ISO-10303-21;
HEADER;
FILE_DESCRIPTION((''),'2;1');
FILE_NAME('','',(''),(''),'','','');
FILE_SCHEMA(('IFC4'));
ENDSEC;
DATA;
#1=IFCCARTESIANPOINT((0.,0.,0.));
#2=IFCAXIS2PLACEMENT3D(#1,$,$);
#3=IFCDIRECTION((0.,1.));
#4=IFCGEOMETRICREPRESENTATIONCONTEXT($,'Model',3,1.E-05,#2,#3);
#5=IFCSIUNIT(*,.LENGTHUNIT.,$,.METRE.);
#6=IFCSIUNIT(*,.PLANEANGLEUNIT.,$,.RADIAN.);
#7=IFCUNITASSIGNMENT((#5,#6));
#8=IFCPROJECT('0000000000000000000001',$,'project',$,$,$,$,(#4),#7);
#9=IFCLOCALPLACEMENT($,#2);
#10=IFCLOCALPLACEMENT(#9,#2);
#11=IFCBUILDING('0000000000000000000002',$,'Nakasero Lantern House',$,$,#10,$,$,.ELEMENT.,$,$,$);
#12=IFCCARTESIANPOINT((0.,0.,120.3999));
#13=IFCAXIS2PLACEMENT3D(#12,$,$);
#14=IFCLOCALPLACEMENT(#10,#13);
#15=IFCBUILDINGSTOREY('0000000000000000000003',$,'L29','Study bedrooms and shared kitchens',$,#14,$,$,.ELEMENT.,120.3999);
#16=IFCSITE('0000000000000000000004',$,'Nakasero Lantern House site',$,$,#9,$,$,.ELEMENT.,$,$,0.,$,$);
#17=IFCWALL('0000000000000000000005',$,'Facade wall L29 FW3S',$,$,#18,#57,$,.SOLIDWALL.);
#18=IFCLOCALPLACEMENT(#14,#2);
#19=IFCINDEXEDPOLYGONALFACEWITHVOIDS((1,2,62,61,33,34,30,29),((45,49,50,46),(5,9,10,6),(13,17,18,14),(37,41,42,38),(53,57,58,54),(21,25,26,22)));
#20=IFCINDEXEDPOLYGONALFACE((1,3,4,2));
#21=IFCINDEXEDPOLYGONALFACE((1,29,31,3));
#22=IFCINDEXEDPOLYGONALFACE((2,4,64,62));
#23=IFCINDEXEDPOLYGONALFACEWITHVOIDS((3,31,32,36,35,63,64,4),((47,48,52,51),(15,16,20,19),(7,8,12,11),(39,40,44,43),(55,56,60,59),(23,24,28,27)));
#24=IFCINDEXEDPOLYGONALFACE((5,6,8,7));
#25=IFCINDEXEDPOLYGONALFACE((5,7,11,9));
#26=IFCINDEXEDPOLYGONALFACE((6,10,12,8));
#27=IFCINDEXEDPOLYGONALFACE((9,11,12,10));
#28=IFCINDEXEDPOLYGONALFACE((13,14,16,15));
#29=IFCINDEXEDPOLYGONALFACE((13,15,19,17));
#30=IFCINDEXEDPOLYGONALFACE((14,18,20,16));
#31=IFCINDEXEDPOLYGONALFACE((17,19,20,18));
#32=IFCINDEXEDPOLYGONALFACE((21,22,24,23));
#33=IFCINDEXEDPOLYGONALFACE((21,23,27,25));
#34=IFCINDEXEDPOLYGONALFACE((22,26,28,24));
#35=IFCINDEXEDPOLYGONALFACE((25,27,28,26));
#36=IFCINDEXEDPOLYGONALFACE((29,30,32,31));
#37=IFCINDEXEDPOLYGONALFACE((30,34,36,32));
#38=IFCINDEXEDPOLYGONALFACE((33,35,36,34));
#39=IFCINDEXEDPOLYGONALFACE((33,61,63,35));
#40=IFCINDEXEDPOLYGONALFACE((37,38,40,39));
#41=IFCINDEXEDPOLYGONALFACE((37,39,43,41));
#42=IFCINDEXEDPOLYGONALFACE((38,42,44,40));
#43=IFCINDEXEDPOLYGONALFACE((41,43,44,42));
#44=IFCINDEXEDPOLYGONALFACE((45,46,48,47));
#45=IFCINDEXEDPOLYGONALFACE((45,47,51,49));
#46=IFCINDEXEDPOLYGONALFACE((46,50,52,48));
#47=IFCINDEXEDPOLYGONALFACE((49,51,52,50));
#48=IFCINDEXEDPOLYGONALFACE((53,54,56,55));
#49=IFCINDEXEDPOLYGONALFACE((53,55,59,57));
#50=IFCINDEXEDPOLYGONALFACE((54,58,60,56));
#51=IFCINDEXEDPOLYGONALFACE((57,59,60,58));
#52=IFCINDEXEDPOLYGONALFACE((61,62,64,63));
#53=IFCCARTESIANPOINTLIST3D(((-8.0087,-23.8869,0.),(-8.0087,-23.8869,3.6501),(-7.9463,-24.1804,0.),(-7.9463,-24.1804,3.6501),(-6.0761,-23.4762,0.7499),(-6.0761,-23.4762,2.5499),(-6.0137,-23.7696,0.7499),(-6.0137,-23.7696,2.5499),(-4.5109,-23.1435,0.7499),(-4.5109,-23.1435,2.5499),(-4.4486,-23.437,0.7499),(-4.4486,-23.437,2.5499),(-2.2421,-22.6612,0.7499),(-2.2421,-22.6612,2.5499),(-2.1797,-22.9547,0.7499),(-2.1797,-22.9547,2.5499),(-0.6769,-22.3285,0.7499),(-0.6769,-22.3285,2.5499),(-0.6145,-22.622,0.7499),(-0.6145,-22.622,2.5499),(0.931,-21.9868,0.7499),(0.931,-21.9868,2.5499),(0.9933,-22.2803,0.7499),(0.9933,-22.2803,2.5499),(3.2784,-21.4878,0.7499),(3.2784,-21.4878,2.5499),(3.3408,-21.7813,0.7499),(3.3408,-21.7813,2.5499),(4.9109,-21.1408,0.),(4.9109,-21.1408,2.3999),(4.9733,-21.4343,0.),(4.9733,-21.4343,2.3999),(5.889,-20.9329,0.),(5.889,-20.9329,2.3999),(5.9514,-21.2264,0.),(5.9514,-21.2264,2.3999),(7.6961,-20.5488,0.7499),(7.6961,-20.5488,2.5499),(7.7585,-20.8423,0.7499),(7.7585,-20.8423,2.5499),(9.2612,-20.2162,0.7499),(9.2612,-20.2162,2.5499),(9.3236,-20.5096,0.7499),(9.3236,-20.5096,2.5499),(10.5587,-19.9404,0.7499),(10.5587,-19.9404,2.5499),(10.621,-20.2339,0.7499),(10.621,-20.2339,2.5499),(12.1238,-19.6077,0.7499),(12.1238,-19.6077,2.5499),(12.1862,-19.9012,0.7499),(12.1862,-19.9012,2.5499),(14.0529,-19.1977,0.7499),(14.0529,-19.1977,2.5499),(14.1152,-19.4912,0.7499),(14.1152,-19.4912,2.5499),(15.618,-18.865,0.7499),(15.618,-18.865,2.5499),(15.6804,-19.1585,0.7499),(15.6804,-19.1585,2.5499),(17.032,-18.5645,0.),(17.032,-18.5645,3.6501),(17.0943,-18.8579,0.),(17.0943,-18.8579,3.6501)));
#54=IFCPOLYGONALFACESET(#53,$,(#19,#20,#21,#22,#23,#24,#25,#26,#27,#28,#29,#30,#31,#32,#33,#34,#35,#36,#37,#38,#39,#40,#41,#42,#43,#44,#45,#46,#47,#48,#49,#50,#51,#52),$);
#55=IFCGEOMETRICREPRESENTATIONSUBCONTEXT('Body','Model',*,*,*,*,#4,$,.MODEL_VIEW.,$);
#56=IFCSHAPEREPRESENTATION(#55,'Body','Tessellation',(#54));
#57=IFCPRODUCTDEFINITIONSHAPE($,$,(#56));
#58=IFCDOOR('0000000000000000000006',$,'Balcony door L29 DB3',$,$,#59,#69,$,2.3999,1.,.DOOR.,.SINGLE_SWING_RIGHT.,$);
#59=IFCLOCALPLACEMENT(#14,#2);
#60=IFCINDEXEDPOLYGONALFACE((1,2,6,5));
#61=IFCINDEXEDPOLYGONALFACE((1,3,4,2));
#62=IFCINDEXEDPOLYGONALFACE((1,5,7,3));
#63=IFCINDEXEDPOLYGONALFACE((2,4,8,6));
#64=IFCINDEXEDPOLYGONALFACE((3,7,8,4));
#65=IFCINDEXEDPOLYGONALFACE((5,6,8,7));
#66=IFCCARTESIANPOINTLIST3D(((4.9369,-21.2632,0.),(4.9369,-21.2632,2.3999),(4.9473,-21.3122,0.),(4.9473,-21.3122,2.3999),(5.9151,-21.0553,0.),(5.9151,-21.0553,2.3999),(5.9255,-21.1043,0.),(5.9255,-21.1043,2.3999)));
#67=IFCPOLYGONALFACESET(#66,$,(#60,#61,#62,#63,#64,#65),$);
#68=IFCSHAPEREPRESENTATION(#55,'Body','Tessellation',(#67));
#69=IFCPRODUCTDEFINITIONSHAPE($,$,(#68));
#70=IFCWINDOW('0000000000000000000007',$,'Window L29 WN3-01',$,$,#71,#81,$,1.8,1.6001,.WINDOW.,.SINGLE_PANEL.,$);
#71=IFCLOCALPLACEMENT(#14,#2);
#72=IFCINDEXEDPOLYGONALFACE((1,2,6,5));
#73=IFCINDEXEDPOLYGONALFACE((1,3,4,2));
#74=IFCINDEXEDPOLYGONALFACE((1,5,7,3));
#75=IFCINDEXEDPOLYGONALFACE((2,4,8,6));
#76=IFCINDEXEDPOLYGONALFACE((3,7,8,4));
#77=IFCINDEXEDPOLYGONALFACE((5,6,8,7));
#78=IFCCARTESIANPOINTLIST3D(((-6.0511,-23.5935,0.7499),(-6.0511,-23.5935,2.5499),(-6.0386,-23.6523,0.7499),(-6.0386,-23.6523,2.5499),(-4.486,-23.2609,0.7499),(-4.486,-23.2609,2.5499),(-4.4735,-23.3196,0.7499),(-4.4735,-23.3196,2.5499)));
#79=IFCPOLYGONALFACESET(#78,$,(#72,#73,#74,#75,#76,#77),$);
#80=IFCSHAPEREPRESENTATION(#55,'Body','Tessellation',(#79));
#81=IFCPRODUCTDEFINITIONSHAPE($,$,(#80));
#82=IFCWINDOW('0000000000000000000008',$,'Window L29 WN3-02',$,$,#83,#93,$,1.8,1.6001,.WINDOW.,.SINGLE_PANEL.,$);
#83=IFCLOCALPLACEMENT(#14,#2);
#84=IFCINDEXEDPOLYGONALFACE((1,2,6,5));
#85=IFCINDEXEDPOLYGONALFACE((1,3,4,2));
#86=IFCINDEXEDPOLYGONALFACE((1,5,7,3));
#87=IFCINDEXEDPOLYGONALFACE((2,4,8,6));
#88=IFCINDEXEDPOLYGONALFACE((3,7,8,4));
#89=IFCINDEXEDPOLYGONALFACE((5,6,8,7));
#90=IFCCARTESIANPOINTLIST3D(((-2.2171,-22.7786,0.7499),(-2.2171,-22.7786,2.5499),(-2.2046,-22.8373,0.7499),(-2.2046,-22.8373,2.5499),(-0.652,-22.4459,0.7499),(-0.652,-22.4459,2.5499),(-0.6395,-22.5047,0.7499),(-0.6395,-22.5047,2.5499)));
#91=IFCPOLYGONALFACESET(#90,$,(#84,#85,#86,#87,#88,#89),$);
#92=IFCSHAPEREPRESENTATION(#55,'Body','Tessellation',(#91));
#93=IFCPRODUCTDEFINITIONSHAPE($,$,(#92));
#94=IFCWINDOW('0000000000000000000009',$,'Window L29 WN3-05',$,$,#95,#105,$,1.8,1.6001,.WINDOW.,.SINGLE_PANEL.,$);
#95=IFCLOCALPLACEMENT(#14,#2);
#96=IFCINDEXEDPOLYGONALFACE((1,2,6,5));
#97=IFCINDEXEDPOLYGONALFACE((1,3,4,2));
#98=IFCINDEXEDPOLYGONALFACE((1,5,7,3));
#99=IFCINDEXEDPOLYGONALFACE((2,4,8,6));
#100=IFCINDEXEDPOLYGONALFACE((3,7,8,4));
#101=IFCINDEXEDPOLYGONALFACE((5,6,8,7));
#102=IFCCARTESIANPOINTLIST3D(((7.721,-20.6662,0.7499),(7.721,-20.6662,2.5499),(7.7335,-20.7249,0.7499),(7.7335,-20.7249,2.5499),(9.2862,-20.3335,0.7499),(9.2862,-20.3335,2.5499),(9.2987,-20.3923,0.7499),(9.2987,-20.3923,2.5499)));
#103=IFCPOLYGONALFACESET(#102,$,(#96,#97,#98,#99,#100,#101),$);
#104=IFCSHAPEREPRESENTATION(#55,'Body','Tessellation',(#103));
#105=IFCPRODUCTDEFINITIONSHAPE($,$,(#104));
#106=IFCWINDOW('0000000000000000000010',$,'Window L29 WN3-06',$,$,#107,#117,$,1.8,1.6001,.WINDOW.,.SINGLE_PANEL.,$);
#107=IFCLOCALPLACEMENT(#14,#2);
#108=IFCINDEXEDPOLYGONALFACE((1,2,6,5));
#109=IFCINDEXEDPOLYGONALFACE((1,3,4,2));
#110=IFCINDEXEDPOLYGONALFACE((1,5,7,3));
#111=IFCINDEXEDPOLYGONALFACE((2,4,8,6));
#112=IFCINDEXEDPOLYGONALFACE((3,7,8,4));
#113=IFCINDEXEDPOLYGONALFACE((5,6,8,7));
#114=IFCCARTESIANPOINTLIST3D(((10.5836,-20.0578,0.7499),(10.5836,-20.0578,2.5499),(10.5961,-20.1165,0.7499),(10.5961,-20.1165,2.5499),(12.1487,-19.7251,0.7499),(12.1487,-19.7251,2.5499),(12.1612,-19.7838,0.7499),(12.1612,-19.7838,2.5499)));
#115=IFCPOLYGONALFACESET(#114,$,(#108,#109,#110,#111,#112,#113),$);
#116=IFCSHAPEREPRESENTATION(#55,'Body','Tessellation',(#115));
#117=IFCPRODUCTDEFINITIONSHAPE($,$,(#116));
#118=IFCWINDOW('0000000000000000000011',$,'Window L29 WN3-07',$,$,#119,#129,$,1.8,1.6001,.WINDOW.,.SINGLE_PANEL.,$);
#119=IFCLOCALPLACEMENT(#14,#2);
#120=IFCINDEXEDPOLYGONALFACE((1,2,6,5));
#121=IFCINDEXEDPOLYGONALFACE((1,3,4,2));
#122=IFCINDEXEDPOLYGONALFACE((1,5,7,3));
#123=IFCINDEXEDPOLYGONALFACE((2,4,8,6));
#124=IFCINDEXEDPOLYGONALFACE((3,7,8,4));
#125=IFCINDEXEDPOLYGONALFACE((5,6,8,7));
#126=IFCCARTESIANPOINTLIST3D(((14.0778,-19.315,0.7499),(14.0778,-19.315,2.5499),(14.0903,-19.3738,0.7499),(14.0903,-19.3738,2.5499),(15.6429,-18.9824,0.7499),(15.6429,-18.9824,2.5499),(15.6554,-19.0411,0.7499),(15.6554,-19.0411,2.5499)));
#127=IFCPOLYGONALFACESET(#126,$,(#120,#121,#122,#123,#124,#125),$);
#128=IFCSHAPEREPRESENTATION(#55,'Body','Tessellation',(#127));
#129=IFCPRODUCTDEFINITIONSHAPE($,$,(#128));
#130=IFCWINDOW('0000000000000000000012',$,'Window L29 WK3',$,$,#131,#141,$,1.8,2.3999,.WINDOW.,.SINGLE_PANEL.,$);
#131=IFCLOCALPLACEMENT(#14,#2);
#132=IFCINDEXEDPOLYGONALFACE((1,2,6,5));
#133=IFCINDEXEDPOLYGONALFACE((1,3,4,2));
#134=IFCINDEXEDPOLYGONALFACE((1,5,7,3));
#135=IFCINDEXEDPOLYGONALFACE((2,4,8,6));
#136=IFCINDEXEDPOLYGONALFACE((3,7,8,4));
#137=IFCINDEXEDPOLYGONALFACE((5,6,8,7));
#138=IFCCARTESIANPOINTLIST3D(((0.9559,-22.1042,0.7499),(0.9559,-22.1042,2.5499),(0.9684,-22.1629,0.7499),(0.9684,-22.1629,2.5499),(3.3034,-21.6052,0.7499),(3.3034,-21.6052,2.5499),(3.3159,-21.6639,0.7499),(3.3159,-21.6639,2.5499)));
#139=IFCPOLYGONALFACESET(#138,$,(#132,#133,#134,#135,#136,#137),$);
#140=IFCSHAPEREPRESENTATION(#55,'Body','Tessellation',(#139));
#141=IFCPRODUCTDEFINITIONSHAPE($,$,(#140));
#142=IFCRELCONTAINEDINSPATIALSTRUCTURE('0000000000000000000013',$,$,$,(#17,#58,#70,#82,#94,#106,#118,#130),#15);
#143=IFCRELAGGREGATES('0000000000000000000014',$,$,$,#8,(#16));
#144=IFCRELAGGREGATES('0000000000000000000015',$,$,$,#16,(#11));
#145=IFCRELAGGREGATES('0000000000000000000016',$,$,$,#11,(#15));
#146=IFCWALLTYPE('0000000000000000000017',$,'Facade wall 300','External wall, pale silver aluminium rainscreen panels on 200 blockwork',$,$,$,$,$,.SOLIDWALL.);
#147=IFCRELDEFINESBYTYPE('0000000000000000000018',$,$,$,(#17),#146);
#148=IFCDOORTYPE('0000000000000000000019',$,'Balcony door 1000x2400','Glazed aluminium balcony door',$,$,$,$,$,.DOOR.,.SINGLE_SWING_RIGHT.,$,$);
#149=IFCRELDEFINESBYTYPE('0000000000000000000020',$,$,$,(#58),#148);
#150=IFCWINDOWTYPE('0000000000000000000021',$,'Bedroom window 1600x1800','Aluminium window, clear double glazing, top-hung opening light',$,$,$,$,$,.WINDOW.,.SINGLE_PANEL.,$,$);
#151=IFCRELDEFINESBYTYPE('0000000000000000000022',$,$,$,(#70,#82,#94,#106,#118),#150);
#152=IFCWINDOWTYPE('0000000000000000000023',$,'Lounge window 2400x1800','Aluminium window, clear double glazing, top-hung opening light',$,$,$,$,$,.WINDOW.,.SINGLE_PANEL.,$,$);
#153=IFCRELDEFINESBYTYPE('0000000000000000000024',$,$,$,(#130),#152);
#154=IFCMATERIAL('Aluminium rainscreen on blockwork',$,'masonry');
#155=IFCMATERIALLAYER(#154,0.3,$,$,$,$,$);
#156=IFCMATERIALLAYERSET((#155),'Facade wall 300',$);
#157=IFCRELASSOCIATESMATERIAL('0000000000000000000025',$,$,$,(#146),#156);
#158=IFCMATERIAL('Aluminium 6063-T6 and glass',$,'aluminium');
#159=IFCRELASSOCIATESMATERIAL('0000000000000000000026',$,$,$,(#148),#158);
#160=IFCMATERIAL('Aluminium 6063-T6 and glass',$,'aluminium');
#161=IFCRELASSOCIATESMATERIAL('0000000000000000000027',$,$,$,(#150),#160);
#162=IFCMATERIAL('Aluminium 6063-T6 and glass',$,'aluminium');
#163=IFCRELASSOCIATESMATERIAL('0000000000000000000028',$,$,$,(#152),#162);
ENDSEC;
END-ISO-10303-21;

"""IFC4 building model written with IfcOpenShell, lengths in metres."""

from ifc_helpers import new_model, si_unit, direction, frame, frame_2d, origin, place, context, subcontext, project, spatial, rectangle, extrude, material, layer, layer_set, type_object, element, fill, save


model = new_model("IFC4")

# Units and contexts
model_context = context("Model", 3, precision=1e-05, world=origin(), true_north=direction((0.0, 1.0)))
body_context = subcontext(model_context, "Body", "Model", "MODEL_VIEW")
ifc_project = project(units=[si_unit("LENGTHUNIT", "METRE"), si_unit("PLANEANGLEUNIT", "RADIAN")], contexts=[model_context])

# Site, building, storey
site_placement = place(None, origin())
site = spatial("IfcSite", under=ifc_project, at=site_placement, Name="Nakasero Lantern House site", CompositionType="ELEMENT", RefElevation=0.0)
building_placement = place(site_placement, origin())
building = spatial("IfcBuilding", under=site, at=building_placement, Name="Nakasero Lantern House", CompositionType="ELEMENT")
storey_placement = place(building_placement, frame((0.0, 0.0, 120.3999)))
storey = spatial("IfcBuildingStorey", under=building, at=storey_placement, Name="L29", Description="Study bedrooms and shared kitchens", CompositionType="ELEMENT", Elevation=120.3999)

# Wall, openings, door, windows
ifc_material_1 = material(Name="Aluminium rainscreen on blockwork", Category="masonry")
ifc_layer_1 = layer(ifc_material_1, 0.3)
ifc_layer_set_1 = layer_set([ifc_layer_1], Name="Facade wall 300")
wall_type_1 = type_object("IfcWallType", Name="Facade wall 300", Description="External wall, pale silver aluminium rainscreen panels on 200 blockwork", PredefinedType="SOLIDWALL", material=ifc_layer_set_1)
wall_1_placement = place(storey_placement, frame((-7.9775, -24.0337, 0.0), z_axis=(0.0, 0.0, 1.0), x_axis=(0.978148, 0.207909, 0.0)))
wall_1 = element("IfcWall", 1, at=wall_1_placement, inside=storey, type_object=wall_type_1, Name="Facade wall L29 FW3S", PredefinedType="SOLIDWALL", context=body_context, shape_type="SweptSolid", body=[
    extrude(rectangle(XDim=25.6001, YDim=0.3, at=frame_2d((12.8, 0.0))), origin(), (0.0, 0.0, 1.0), 3.6501),
])
opening_1_placement = place(wall_1_placement, frame((1.9758, 0.0, 0.75)))
opening_1 = element("IfcOpeningElement", 2, at=opening_1_placement, cuts=wall_1, PredefinedType="OPENING", context=body_context, shape_type="SweptSolid", body=[
    extrude(rectangle(XDim=1.6001, YDim=1.8, at=frame_2d((0.8, 0.8999))), frame((0.0, 0.1699, 0.0), z_axis=(0.0, -1.0, 0.0), x_axis=(1.0, 0.0, 0.0)), (0.0, 0.0, 1.0), 0.3401),
])
opening_2_placement = place(wall_1_placement, frame((5.8955, 0.0, 0.75)))
opening_2 = element("IfcOpeningElement", 3, at=opening_2_placement, cuts=wall_1, PredefinedType="OPENING", context=body_context, shape_type="SweptSolid", body=[
    extrude(rectangle(XDim=1.6001, YDim=1.8, at=frame_2d((0.8, 0.8999))), frame((0.0, 0.1699, 0.0), z_axis=(0.0, -1.0, 0.0), x_axis=(1.0, 0.0, 0.0)), (0.0, 0.0, 1.0), 0.3401),
])
opening_3_placement = place(wall_1_placement, frame((16.0557, 0.0, 0.75)))
opening_3 = element("IfcOpeningElement", 4, at=opening_3_placement, cuts=wall_1, PredefinedType="OPENING", context=body_context, shape_type="SweptSolid", body=[
    extrude(rectangle(XDim=1.6001, YDim=1.8, at=frame_2d((0.8, 0.8999))), frame((0.0, 0.1699, 0.0), z_axis=(0.0, -1.0, 0.0), x_axis=(1.0, 0.0, 0.0)), (0.0, 0.0, 1.0), 0.3401),
])
opening_4_placement = place(wall_1_placement, frame((18.9822, 0.0, 0.75)))
opening_4 = element("IfcOpeningElement", 5, at=opening_4_placement, cuts=wall_1, PredefinedType="OPENING", context=body_context, shape_type="SweptSolid", body=[
    extrude(rectangle(XDim=1.6001, YDim=1.8, at=frame_2d((0.8, 0.8999))), frame((0.0, 0.1699, 0.0), z_axis=(0.0, -1.0, 0.0), x_axis=(1.0, 0.0, 0.0)), (0.0, 0.0, 1.0), 0.3401),
])
opening_5_placement = place(wall_1_placement, frame((22.5544, 0.0, 0.75)))
opening_5 = element("IfcOpeningElement", 6, at=opening_5_placement, cuts=wall_1, PredefinedType="OPENING", context=body_context, shape_type="SweptSolid", body=[
    extrude(rectangle(XDim=1.6001, YDim=1.8, at=frame_2d((0.8, 0.8999))), frame((0.0, 0.1699, 0.0), z_axis=(0.0, -1.0, 0.0), x_axis=(1.0, 0.0, 0.0)), (0.0, 0.0, 1.0), 0.3401),
])
opening_6_placement = place(wall_1_placement, frame((9.1394, 0.0, 0.75)))
opening_6 = element("IfcOpeningElement", 7, at=opening_6_placement, cuts=wall_1, PredefinedType="OPENING", context=body_context, shape_type="SweptSolid", body=[
    extrude(rectangle(XDim=2.3999, YDim=1.8, at=frame_2d((1.2, 0.8999))), frame((0.0, 0.1699, 0.0), z_axis=(0.0, -1.0, 0.0), x_axis=(1.0, 0.0, 0.0)), (0.0, 0.0, 1.0), 0.3401),
])
opening_7_placement = place(wall_1_placement, frame((13.2083, 0.0, 0.0)))
opening_7 = element("IfcOpeningElement", 8, at=opening_7_placement, cuts=wall_1, PredefinedType="OPENING", context=body_context, shape_type="SweptSolid", body=[
    extrude(rectangle(XDim=1.0, YDim=2.3999, at=frame_2d((0.5, 1.2))), frame((0.0, 0.1699, 0.0), z_axis=(0.0, -1.0, 0.0), x_axis=(1.0, 0.0, 0.0)), (0.0, 0.0, 1.0), 0.3401),
])
ifc_material_2 = material(Name="Aluminium 6063-T6 and glass", Category="aluminium")
door_type_1 = type_object("IfcDoorType", Name="Balcony door 1000x2400", Description="Glazed aluminium balcony door", OperationType="SINGLE_SWING_RIGHT", PredefinedType="DOOR", material=ifc_material_2)
door_1_placement = place(opening_7_placement, origin())
door_1 = element("IfcDoor", 9, at=door_1_placement, inside=storey, type_object=door_type_1, Name="Balcony door L29 DB3", OperationType="SINGLE_SWING_RIGHT", OverallHeight=2.3999, OverallWidth=1.0, PredefinedType="DOOR", context=body_context, shape_type="SweptSolid", body=[
    extrude(rectangle(XDim=1.0, YDim=2.3999, at=frame_2d((0.5, 1.2))), frame((0.0, 0.0249, 0.0), z_axis=(0.0, -1.0, 0.0), x_axis=(1.0, 0.0, 0.0)), (0.0, 0.0, 1.0), 0.05),
])
fill(opening_7, door_1)
ifc_material_3 = material(Name="Aluminium 6063-T6 and glass", Category="aluminium")
window_type_1 = type_object("IfcWindowType", Name="Bedroom window 1600x1800", Description="Aluminium window, clear double glazing, top-hung opening light", PartitioningType="SINGLE_PANEL", PredefinedType="WINDOW", material=ifc_material_3)
window_1_placement = place(opening_1_placement, origin())
window_1 = element("IfcWindow", 10, at=window_1_placement, inside=storey, type_object=window_type_1, Name="Window L29 WN3-01", OverallHeight=1.8, OverallWidth=1.6001, PartitioningType="SINGLE_PANEL", PredefinedType="WINDOW", context=body_context, shape_type="SweptSolid", body=[
    extrude(rectangle(XDim=1.6001, YDim=1.8, at=frame_2d((0.8, 0.8999))), frame((0.0, 0.03, 0.0), z_axis=(0.0, -1.0, 0.0), x_axis=(1.0, 0.0, 0.0)), (0.0, 0.0, 1.0), 0.0601),
])
fill(opening_1, window_1)
window_2_placement = place(opening_2_placement, origin())
window_2 = element("IfcWindow", 11, at=window_2_placement, inside=storey, type_object=window_type_1, Name="Window L29 WN3-02", OverallHeight=1.8, OverallWidth=1.6001, PartitioningType="SINGLE_PANEL", PredefinedType="WINDOW", context=body_context, shape_type="SweptSolid", body=[
    extrude(rectangle(XDim=1.6001, YDim=1.8, at=frame_2d((0.8, 0.8999))), frame((0.0, 0.03, 0.0), z_axis=(0.0, -1.0, 0.0), x_axis=(1.0, 0.0, 0.0)), (0.0, 0.0, 1.0), 0.0601),
])
fill(opening_2, window_2)
window_3_placement = place(opening_3_placement, origin())
window_3 = element("IfcWindow", 12, at=window_3_placement, inside=storey, type_object=window_type_1, Name="Window L29 WN3-05", OverallHeight=1.8, OverallWidth=1.6001, PartitioningType="SINGLE_PANEL", PredefinedType="WINDOW", context=body_context, shape_type="SweptSolid", body=[
    extrude(rectangle(XDim=1.6001, YDim=1.8, at=frame_2d((0.8, 0.8999))), frame((0.0, 0.03, 0.0), z_axis=(0.0, -1.0, 0.0), x_axis=(1.0, 0.0, 0.0)), (0.0, 0.0, 1.0), 0.0601),
])
fill(opening_3, window_3)
window_4_placement = place(opening_4_placement, origin())
window_4 = element("IfcWindow", 13, at=window_4_placement, inside=storey, type_object=window_type_1, Name="Window L29 WN3-06", OverallHeight=1.8, OverallWidth=1.6001, PartitioningType="SINGLE_PANEL", PredefinedType="WINDOW", context=body_context, shape_type="SweptSolid", body=[
    extrude(rectangle(XDim=1.6001, YDim=1.8, at=frame_2d((0.8, 0.8999))), frame((0.0, 0.03, 0.0), z_axis=(0.0, -1.0, 0.0), x_axis=(1.0, 0.0, 0.0)), (0.0, 0.0, 1.0), 0.0601),
])
fill(opening_4, window_4)
window_5_placement = place(opening_5_placement, origin())
window_5 = element("IfcWindow", 14, at=window_5_placement, inside=storey, type_object=window_type_1, Name="Window L29 WN3-07", OverallHeight=1.8, OverallWidth=1.6001, PartitioningType="SINGLE_PANEL", PredefinedType="WINDOW", context=body_context, shape_type="SweptSolid", body=[
    extrude(rectangle(XDim=1.6001, YDim=1.8, at=frame_2d((0.8, 0.8999))), frame((0.0, 0.03, 0.0), z_axis=(0.0, -1.0, 0.0), x_axis=(1.0, 0.0, 0.0)), (0.0, 0.0, 1.0), 0.0601),
])
fill(opening_5, window_5)
ifc_material_4 = material(Name="Aluminium 6063-T6 and glass", Category="aluminium")
window_type_2 = type_object("IfcWindowType", Name="Lounge window 2400x1800", Description="Aluminium window, clear double glazing, top-hung opening light", PartitioningType="SINGLE_PANEL", PredefinedType="WINDOW", material=ifc_material_4)
window_6_placement = place(opening_6_placement, origin())
window_6 = element("IfcWindow", 15, at=window_6_placement, inside=storey, type_object=window_type_2, Name="Window L29 WK3", OverallHeight=1.8, OverallWidth=2.3999, PartitioningType="SINGLE_PANEL", PredefinedType="WINDOW", context=body_context, shape_type="SweptSolid", body=[
    extrude(rectangle(XDim=2.3999, YDim=1.8, at=frame_2d((1.2, 0.8999))), frame((0.0, 0.03, 0.0), z_axis=(0.0, -1.0, 0.0), x_axis=(1.0, 0.0, 0.0)), (0.0, 0.0, 1.0), 0.0601),
])
fill(opening_6, window_6)

save(model, "model.ifc")
